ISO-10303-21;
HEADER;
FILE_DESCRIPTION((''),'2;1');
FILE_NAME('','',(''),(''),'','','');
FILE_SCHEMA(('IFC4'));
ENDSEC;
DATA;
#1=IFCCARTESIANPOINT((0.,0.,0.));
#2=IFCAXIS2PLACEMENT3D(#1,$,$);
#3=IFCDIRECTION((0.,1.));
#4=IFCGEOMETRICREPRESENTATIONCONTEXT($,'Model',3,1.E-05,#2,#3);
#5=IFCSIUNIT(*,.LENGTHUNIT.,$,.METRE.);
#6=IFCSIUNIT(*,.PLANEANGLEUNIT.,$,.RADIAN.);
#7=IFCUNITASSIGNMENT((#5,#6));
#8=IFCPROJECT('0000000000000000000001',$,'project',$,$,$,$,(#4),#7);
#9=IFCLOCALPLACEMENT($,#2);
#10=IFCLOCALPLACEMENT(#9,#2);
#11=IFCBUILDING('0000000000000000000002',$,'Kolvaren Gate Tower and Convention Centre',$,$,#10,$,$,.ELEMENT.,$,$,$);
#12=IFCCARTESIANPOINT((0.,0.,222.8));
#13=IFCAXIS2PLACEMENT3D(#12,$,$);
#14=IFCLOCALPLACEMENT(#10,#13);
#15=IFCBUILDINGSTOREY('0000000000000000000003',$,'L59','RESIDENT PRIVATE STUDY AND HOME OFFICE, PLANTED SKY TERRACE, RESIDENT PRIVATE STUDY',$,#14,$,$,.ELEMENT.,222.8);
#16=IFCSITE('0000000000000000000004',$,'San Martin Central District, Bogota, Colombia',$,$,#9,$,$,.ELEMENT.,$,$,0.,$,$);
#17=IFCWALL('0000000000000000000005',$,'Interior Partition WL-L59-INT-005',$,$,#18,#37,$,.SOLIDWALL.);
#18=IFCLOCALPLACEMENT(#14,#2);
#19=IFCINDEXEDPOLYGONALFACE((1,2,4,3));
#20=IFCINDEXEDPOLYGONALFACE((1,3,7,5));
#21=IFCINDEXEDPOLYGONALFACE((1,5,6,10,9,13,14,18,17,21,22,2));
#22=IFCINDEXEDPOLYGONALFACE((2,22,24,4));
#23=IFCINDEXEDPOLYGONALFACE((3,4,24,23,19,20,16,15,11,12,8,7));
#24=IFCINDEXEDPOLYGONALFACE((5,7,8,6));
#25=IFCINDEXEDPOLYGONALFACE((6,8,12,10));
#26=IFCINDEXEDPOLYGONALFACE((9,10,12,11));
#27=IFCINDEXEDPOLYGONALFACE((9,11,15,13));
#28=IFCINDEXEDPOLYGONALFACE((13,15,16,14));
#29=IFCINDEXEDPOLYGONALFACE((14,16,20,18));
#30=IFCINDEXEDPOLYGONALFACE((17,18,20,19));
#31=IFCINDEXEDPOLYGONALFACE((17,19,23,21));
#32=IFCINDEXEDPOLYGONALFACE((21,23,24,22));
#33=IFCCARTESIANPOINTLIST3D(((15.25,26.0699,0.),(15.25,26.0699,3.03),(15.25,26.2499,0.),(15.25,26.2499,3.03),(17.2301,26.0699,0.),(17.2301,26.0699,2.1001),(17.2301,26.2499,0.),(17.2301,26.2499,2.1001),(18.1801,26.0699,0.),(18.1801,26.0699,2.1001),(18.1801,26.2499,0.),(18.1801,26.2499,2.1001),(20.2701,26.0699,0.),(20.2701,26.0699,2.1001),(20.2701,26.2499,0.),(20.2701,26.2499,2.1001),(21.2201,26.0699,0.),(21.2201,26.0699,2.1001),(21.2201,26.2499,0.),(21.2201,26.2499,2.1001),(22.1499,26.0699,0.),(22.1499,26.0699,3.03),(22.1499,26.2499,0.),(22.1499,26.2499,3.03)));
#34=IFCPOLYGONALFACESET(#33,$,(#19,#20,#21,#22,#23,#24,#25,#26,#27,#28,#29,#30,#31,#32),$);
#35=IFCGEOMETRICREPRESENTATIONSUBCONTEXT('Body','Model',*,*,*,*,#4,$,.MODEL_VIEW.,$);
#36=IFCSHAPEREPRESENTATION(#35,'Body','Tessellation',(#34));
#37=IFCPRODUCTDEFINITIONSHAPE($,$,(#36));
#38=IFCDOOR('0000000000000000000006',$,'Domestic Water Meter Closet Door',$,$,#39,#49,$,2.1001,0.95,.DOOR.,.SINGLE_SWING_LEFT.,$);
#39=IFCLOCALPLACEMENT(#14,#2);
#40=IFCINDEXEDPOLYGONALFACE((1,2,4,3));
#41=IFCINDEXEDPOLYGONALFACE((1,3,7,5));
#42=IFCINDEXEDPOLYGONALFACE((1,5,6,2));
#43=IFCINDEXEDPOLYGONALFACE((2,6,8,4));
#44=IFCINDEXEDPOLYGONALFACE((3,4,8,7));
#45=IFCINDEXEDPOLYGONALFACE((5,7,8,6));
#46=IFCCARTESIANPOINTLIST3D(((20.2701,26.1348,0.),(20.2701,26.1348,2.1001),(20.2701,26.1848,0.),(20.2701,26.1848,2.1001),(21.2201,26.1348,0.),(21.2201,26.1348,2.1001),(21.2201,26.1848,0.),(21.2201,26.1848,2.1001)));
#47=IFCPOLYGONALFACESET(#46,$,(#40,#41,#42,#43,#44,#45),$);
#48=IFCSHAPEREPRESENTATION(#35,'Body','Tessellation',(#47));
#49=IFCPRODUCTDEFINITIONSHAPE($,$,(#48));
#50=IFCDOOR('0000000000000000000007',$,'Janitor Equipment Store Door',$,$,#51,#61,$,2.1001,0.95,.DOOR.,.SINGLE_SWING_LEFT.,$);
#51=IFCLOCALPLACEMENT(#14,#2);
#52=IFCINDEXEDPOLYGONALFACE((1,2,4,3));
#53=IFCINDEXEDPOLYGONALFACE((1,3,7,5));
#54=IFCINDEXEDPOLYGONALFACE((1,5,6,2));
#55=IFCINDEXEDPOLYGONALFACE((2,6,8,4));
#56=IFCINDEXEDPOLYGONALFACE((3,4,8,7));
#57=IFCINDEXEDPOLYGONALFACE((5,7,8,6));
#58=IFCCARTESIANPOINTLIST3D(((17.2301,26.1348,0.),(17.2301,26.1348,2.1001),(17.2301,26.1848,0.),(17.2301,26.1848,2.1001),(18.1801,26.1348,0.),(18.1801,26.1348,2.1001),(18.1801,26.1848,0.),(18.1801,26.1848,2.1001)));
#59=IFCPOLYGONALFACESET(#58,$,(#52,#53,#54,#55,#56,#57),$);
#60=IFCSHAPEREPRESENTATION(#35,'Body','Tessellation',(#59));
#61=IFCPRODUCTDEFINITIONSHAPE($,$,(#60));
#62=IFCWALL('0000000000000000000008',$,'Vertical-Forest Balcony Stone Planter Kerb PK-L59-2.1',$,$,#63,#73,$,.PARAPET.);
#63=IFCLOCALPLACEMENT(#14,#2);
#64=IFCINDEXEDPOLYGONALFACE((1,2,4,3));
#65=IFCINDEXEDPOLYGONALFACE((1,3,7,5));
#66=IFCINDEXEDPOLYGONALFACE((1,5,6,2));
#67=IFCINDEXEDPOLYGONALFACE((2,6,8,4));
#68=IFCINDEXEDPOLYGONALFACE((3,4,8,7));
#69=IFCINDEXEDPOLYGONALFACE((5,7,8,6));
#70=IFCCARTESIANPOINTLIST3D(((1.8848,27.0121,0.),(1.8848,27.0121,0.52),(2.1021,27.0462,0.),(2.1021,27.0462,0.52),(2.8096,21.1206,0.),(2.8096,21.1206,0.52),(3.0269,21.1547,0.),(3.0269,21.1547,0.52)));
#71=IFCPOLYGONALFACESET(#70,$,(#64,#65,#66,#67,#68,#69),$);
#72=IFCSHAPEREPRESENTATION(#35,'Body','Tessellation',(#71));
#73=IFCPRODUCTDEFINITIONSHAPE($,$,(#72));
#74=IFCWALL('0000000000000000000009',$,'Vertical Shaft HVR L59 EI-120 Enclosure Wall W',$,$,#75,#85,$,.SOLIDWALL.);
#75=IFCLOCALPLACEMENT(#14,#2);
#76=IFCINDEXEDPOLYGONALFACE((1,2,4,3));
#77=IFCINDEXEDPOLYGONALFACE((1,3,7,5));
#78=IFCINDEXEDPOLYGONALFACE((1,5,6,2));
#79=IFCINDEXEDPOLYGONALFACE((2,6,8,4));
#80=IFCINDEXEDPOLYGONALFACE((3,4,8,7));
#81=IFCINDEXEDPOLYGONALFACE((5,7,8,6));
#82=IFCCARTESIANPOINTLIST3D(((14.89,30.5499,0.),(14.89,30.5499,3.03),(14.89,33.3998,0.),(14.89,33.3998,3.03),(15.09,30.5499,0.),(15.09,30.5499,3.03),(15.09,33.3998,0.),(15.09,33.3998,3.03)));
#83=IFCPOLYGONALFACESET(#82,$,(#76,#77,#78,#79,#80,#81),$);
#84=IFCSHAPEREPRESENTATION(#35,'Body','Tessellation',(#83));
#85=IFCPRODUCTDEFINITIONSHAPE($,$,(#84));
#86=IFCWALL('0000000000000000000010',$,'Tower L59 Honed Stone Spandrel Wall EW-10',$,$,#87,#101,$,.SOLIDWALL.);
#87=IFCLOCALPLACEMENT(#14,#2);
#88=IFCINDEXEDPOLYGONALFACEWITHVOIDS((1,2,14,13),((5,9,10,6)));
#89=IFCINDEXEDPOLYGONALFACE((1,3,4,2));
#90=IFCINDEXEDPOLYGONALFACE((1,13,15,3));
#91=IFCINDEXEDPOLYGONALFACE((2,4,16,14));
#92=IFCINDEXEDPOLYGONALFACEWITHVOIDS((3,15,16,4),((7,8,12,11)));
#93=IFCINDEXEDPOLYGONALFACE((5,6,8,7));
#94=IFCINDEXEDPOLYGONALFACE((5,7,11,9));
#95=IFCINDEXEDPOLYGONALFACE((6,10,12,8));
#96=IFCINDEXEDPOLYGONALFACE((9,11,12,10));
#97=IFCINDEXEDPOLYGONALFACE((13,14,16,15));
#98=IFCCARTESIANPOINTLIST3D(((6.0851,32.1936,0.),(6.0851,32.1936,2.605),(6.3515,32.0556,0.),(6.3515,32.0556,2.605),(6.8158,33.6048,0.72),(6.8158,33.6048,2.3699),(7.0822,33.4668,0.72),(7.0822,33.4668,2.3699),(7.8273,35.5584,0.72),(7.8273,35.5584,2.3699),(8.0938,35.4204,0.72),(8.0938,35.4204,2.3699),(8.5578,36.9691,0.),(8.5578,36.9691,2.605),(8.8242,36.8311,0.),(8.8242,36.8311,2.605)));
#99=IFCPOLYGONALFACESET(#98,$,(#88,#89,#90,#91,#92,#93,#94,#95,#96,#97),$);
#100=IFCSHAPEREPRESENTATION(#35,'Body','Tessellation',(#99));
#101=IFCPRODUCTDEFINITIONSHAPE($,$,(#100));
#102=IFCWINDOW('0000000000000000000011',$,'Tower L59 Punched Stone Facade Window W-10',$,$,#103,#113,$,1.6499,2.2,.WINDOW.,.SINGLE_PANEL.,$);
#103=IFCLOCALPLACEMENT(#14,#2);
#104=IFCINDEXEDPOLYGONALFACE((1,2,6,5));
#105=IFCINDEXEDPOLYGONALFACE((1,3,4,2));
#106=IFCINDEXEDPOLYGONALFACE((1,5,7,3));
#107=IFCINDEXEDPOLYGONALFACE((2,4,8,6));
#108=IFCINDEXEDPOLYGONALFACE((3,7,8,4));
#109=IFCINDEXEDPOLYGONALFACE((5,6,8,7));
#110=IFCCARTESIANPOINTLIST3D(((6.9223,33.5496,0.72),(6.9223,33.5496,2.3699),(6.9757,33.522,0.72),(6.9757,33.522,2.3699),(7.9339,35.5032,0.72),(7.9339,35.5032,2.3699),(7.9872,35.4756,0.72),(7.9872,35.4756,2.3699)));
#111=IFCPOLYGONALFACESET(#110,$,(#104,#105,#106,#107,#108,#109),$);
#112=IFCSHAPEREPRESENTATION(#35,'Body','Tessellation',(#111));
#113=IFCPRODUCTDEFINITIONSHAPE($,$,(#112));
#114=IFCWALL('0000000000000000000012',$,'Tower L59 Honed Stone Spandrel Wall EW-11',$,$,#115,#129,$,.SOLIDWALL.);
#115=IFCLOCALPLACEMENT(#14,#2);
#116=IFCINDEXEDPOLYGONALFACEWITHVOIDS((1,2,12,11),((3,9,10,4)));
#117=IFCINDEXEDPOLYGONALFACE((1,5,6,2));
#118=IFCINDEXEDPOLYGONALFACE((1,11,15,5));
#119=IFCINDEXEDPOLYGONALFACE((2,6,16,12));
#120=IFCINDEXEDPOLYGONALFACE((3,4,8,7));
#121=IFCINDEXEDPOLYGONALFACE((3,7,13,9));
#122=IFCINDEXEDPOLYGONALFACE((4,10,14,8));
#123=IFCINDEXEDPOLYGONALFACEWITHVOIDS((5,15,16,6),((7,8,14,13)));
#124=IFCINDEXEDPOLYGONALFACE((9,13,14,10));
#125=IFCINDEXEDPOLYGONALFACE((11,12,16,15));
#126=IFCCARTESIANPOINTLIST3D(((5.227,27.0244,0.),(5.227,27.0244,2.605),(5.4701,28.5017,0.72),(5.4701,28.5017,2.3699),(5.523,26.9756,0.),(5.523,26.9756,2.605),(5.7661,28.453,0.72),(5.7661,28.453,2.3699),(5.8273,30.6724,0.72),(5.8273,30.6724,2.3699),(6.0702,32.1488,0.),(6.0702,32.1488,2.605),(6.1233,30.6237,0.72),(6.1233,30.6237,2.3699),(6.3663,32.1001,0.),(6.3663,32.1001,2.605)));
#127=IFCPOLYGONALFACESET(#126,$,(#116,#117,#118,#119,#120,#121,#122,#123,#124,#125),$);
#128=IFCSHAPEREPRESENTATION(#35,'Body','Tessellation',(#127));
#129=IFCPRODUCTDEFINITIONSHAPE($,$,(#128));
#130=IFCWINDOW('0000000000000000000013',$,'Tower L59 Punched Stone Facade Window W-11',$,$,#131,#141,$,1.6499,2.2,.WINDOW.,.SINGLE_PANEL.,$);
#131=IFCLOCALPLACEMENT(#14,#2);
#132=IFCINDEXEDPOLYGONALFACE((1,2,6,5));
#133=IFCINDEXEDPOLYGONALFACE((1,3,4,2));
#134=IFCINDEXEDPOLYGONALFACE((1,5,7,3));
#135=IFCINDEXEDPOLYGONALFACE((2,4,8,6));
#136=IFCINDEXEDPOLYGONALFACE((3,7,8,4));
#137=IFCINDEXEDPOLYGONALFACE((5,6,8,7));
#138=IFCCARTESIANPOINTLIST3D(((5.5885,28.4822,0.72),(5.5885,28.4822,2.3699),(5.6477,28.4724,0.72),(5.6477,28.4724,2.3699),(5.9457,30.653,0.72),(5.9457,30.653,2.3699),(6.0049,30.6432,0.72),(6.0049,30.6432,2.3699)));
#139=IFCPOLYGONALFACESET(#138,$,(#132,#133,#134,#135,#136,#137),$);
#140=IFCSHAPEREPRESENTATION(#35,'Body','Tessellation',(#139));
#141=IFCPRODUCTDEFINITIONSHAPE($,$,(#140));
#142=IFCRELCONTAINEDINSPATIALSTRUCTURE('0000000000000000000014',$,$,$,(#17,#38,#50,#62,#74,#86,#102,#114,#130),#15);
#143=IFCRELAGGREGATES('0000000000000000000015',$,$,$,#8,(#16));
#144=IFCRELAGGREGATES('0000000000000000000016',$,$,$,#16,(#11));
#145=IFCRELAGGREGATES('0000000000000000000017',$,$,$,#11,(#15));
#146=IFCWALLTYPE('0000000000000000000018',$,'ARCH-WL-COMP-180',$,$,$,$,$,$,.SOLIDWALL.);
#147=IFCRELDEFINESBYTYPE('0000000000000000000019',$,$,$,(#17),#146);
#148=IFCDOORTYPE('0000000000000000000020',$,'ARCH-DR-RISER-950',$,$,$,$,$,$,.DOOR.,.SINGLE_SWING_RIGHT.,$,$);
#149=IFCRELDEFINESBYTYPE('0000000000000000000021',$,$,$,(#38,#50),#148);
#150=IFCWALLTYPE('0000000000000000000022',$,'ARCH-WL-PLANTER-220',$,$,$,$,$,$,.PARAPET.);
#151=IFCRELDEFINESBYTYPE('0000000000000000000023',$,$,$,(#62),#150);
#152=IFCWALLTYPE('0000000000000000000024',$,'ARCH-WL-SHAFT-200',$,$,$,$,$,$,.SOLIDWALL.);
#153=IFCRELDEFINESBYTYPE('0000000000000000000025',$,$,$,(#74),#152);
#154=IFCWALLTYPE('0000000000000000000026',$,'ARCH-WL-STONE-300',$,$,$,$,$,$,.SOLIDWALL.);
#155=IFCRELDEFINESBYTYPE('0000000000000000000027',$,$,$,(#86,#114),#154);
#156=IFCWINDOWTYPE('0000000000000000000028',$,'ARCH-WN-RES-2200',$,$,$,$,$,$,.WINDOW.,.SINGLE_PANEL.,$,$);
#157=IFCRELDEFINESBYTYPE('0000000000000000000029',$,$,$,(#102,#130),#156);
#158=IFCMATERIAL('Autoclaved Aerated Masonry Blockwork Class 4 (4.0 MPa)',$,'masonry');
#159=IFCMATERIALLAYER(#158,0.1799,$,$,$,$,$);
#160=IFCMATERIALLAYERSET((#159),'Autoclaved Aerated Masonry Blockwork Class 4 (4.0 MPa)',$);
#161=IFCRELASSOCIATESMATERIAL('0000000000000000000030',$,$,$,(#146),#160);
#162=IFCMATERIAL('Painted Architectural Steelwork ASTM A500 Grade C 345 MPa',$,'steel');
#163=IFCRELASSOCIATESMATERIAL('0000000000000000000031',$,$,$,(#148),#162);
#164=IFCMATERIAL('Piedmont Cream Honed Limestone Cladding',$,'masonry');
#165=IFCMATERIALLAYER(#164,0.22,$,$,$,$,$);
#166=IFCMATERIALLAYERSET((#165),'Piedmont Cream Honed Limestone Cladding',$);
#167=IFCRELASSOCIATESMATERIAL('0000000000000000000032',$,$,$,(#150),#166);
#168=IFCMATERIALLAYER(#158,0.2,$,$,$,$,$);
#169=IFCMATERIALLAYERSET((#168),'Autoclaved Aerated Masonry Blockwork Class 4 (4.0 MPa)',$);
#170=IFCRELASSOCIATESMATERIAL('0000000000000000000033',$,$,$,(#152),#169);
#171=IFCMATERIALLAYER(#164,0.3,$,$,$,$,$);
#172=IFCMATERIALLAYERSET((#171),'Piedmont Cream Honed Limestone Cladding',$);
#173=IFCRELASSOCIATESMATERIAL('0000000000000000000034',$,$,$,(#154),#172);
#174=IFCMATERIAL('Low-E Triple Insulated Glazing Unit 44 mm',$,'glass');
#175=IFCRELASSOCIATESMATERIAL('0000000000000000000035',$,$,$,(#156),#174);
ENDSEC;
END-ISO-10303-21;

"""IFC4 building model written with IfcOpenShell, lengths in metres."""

from ifc_helpers import new_model, si_unit, direction, frame, frame_2d, origin, place, context, subcontext, project, spatial, rectangle, extrude, material, layer, layer_set, type_object, element, fill, save


model = new_model("IFC4")

# Units and contexts
model_context = context("Model", 3, precision=1e-05, world=origin(), true_north=direction((0.0, 1.0)))
body_context = subcontext(model_context, "Body", "Model", "MODEL_VIEW")
ifc_project = project(units=[si_unit("LENGTHUNIT", "METRE"), si_unit("PLANEANGLEUNIT", "RADIAN")], contexts=[model_context])

# Site, building, storey
site_placement = place(None, origin())
site = spatial("IfcSite", under=ifc_project, at=site_placement, Name="San Martin Central District, Bogota, Colombia", CompositionType="ELEMENT", RefElevation=0.0)
building_placement = place(site_placement, origin())
building = spatial("IfcBuilding", under=site, at=building_placement, Name="Kolvaren Gate Tower and Convention Centre", CompositionType="ELEMENT")
storey_placement = place(building_placement, frame((0.0, 0.0, 222.8)))
storey = spatial("IfcBuildingStorey", under=building, at=storey_placement, Name="L59", Description="RESIDENT PRIVATE STUDY AND HOME OFFICE, PLANTED SKY TERRACE, RESIDENT PRIVATE STUDY", CompositionType="ELEMENT", Elevation=222.8)

# Wall, openings, doors
ifc_material_1 = material(Name="Autoclaved Aerated Masonry Blockwork Class 4 (4.0 MPa)", Category="masonry")
ifc_layer_1 = layer(ifc_material_1, 0.1799)
ifc_layer_set_1 = layer_set([ifc_layer_1], Name="Autoclaved Aerated Masonry Blockwork Class 4 (4.0 MPa)")
wall_type_1 = type_object("IfcWallType", Name="ARCH-WL-COMP-180", PredefinedType="SOLIDWALL", material=ifc_layer_set_1)
ifc_material_2 = material(Name="Painted Architectural Steelwork ASTM A500 Grade C 345 MPa", Category="steel")
door_type = type_object("IfcDoorType", Name="ARCH-DR-RISER-950", OperationType="SINGLE_SWING_RIGHT", PredefinedType="DOOR", material=ifc_material_2)
wall_1_placement = place(storey_placement, frame((15.25, 26.1599, 0.0), z_axis=(0.0, 0.0, 1.0), x_axis=(1.0, 0.0, 0.0)))
wall_1 = element("IfcWall", 1, at=wall_1_placement, inside=storey, type_object=wall_type_1, Name="Interior Partition WL-L59-INT-005", PredefinedType="SOLIDWALL", context=body_context, shape_type="SweptSolid", body=[
    extrude(rectangle(XDim=6.8999, YDim=0.1799, at=frame_2d((3.45, 0.0))), origin(), (0.0, 0.0, 1.0), 3.03),
])
opening_1_placement = place(wall_1_placement, frame((5.02, 0.0, 0.0)))
opening_1 = element("IfcOpeningElement", 2, at=opening_1_placement, cuts=wall_1, PredefinedType="OPENING", context=body_context, shape_type="SweptSolid", body=[
    extrude(rectangle(XDim=0.95, YDim=2.1001, at=frame_2d((0.4751, 1.05))), frame((0.0, 0.0999, 0.0), z_axis=(0.0, -1.0, 0.0), x_axis=(1.0, 0.0, 0.0)), (0.0, 0.0, 1.0), 0.2),
])
opening_2_placement = place(wall_1_placement, frame((1.98, 0.0, 0.0)))
opening_2 = element("IfcOpeningElement", 3, at=opening_2_placement, cuts=wall_1, PredefinedType="OPENING", context=body_context, shape_type="SweptSolid", body=[
    extrude(rectangle(XDim=0.95, YDim=2.1001, at=frame_2d((0.4751, 1.05))), frame((0.0, 0.0999, 0.0), z_axis=(0.0, -1.0, 0.0), x_axis=(1.0, 0.0, 0.0)), (0.0, 0.0, 1.0), 0.2),
])
door_1_placement = place(opening_1_placement, origin())
door_1 = element("IfcDoor", 4, at=door_1_placement, inside=storey, type_object=door_type, Name="Domestic Water Meter Closet Door", OperationType="SINGLE_SWING_LEFT", OverallHeight=2.1001, OverallWidth=0.95, PredefinedType="DOOR", context=body_context, shape_type="SweptSolid", body=[
    extrude(rectangle(XDim=0.95, YDim=2.1001, at=frame_2d((0.4751, 1.05))), frame((0.0, 0.0249, 0.0), z_axis=(0.0, -1.0, 0.0), x_axis=(1.0, 0.0, 0.0)), (0.0, 0.0, 1.0), 0.05),
])
fill(opening_1, door_1)
door_2_placement = place(opening_2_placement, origin())
door_2 = element("IfcDoor", 5, at=door_2_placement, inside=storey, type_object=door_type, Name="Janitor Equipment Store Door", OperationType="SINGLE_SWING_LEFT", OverallHeight=2.1001, OverallWidth=0.95, PredefinedType="DOOR", context=body_context, shape_type="SweptSolid", body=[
    extrude(rectangle(XDim=0.95, YDim=2.1001, at=frame_2d((0.4751, 1.05))), frame((0.0, 0.0249, 0.0), z_axis=(0.0, -1.0, 0.0), x_axis=(1.0, 0.0, 0.0)), (0.0, 0.0, 1.0), 0.05),
])
fill(opening_2, door_2)

# Walls
ifc_material_3 = material(Name="Piedmont Cream Honed Limestone Cladding", Category="masonry")
ifc_layer_2 = layer(ifc_material_3, 0.22)
ifc_layer_set_2 = layer_set([ifc_layer_2], Name="Piedmont Cream Honed Limestone Cladding")
wall_type_2 = type_object("IfcWallType", Name="ARCH-WL-PLANTER-220", PredefinedType="PARAPET", material=ifc_layer_set_2)
wall_2_placement = place(storey_placement, frame((1.9934, 27.0293, 0.0), z_axis=(0.0, 0.0, 1.0), x_axis=(0.155071, -0.987903, 0.0)))
element("IfcWall", 6, at=wall_2_placement, inside=storey, type_object=wall_type_2, Name="Vertical-Forest Balcony Stone Planter Kerb PK-L59-2.1", PredefinedType="PARAPET", context=body_context, shape_type="SweptSolid", body=[
    extrude(rectangle(XDim=5.9636, YDim=0.22, at=frame_2d((2.9819, 0.0))), origin(), (0.0, 0.0, 1.0), 0.52),
])
ifc_layer_3 = layer(ifc_material_1, 0.2)
ifc_layer_set_3 = layer_set([ifc_layer_3], Name="Autoclaved Aerated Masonry Blockwork Class 4 (4.0 MPa)")
wall_type_3 = type_object("IfcWallType", Name="ARCH-WL-SHAFT-200", PredefinedType="SOLIDWALL", material=ifc_layer_set_3)
wall_3_placement = place(storey_placement, frame((14.99, 30.55, 0.0), z_axis=(0.0, 0.0, 1.0), x_axis=(0.0, 1.0, 0.0)))
element("IfcWall", 7, at=wall_3_placement, inside=storey, type_object=wall_type_3, Name="Vertical Shaft HVR L59 EI-120 Enclosure Wall W", PredefinedType="SOLIDWALL", context=body_context, shape_type="SweptSolid", body=[
    extrude(rectangle(XDim=2.8499, YDim=0.2, at=frame_2d((1.4248, 0.0))), origin(), (0.0, 0.0, 1.0), 3.03),
])

# Walls, openings, windows
ifc_layer_4 = layer(ifc_material_3, 0.3)
ifc_layer_set_4 = layer_set([ifc_layer_4], Name="Piedmont Cream Honed Limestone Cladding")
wall_type_4 = type_object("IfcWallType", Name="ARCH-WL-STONE-300", PredefinedType="SOLIDWALL", material=ifc_layer_set_4)
wall_4_placement = place(storey_placement, frame((6.2183, 32.1245, 0.0), z_axis=(0.0, 0.0, 1.0), x_axis=(0.459808, 0.888018, 0.0)))
wall_4 = element("IfcWall", 8, at=wall_4_placement, inside=storey, type_object=wall_type_4, Name="Tower L59 Honed Stone Spandrel Wall EW-10", PredefinedType="SOLIDWALL", context=body_context, shape_type="SweptSolid", body=[
    extrude(rectangle(XDim=5.3777, YDim=0.3, at=frame_2d((2.689, 0.0))), origin(), (0.0, 0.0, 1.0), 2.605),
])
opening_3_placement = place(wall_4_placement, frame((1.5891, 0.0, 0.72)))
opening_3 = element("IfcOpeningElement", 9, at=opening_3_placement, cuts=wall_4, PredefinedType="OPENING", context=body_context, shape_type="SweptSolid", body=[
    extrude(rectangle(XDim=2.2, YDim=1.6499, at=frame_2d((1.1001, 0.825))), frame((0.0, 0.1599, 0.0), z_axis=(0.0, -1.0, 0.0), x_axis=(1.0, 0.0, 0.0)), (0.0, 0.0, 1.0), 0.3201),
])
ifc_material_4 = material(Name="Low-E Triple Insulated Glazing Unit 44 mm", Category="glass")
window_type = type_object("IfcWindowType", Name="ARCH-WN-RES-2200", PartitioningType="SINGLE_PANEL", PredefinedType="WINDOW", material=ifc_material_4)
window_1_placement = place(opening_3_placement, origin())
window_1 = element("IfcWindow", 10, at=window_1_placement, inside=storey, type_object=window_type, Name="Tower L59 Punched Stone Facade Window W-10", OverallHeight=1.6499, OverallWidth=2.2, PartitioningType="SINGLE_PANEL", PredefinedType="WINDOW", context=body_context, shape_type="SweptSolid", body=[
    extrude(rectangle(XDim=2.2, YDim=1.6499, at=frame_2d((1.1001, 0.825))), frame((0.0, 0.03, 0.0), z_axis=(0.0, -1.0, 0.0), x_axis=(1.0, 0.0, 0.0)), (0.0, 0.0, 1.0), 0.0601),
])
fill(opening_3, window_1)
wall_5_placement = place(storey_placement, frame((5.375, 27.0, 0.0), z_axis=(0.0, 0.0, 1.0), x_axis=(0.162371, 0.98673, 0.0)))
wall_5 = element("IfcWall", 11, at=wall_5_placement, inside=storey, type_object=wall_type_4, Name="Tower L59 Honed Stone Spandrel Wall EW-11", PredefinedType="SOLIDWALL", context=body_context, shape_type="SweptSolid", body=[
    extrude(rectangle(XDim=5.1934, YDim=0.3, at=frame_2d((2.5967, 0.0))), origin(), (0.0, 0.0, 1.0), 2.605),
])
opening_4_placement = place(wall_5_placement, frame((1.4971, 0.0, 0.72)))
opening_4 = element("IfcOpeningElement", 12, at=opening_4_placement, cuts=wall_5, PredefinedType="OPENING", context=body_context, shape_type="SweptSolid", body=[
    extrude(rectangle(XDim=2.2, YDim=1.6499, at=frame_2d((1.1001, 0.825))), frame((0.0, 0.1599, 0.0), z_axis=(0.0, -1.0, 0.0), x_axis=(1.0, 0.0, 0.0)), (0.0, 0.0, 1.0), 0.3201),
])
window_2_placement = place(opening_4_placement, origin())
window_2 = element("IfcWindow", 13, at=window_2_placement, inside=storey, type_object=window_type, Name="Tower L59 Punched Stone Facade Window W-11", OverallHeight=1.6499, OverallWidth=2.2, PartitioningType="SINGLE_PANEL", PredefinedType="WINDOW", context=body_context, shape_type="SweptSolid", body=[
    extrude(rectangle(XDim=2.2, YDim=1.6499, at=frame_2d((1.1001, 0.825))), frame((0.0, 0.03, 0.0), z_axis=(0.0, -1.0, 0.0), x_axis=(1.0, 0.0, 0.0)), (0.0, 0.0, 1.0), 0.0601),
])
fill(opening_4, window_2)

save(model, "model.ifc")
